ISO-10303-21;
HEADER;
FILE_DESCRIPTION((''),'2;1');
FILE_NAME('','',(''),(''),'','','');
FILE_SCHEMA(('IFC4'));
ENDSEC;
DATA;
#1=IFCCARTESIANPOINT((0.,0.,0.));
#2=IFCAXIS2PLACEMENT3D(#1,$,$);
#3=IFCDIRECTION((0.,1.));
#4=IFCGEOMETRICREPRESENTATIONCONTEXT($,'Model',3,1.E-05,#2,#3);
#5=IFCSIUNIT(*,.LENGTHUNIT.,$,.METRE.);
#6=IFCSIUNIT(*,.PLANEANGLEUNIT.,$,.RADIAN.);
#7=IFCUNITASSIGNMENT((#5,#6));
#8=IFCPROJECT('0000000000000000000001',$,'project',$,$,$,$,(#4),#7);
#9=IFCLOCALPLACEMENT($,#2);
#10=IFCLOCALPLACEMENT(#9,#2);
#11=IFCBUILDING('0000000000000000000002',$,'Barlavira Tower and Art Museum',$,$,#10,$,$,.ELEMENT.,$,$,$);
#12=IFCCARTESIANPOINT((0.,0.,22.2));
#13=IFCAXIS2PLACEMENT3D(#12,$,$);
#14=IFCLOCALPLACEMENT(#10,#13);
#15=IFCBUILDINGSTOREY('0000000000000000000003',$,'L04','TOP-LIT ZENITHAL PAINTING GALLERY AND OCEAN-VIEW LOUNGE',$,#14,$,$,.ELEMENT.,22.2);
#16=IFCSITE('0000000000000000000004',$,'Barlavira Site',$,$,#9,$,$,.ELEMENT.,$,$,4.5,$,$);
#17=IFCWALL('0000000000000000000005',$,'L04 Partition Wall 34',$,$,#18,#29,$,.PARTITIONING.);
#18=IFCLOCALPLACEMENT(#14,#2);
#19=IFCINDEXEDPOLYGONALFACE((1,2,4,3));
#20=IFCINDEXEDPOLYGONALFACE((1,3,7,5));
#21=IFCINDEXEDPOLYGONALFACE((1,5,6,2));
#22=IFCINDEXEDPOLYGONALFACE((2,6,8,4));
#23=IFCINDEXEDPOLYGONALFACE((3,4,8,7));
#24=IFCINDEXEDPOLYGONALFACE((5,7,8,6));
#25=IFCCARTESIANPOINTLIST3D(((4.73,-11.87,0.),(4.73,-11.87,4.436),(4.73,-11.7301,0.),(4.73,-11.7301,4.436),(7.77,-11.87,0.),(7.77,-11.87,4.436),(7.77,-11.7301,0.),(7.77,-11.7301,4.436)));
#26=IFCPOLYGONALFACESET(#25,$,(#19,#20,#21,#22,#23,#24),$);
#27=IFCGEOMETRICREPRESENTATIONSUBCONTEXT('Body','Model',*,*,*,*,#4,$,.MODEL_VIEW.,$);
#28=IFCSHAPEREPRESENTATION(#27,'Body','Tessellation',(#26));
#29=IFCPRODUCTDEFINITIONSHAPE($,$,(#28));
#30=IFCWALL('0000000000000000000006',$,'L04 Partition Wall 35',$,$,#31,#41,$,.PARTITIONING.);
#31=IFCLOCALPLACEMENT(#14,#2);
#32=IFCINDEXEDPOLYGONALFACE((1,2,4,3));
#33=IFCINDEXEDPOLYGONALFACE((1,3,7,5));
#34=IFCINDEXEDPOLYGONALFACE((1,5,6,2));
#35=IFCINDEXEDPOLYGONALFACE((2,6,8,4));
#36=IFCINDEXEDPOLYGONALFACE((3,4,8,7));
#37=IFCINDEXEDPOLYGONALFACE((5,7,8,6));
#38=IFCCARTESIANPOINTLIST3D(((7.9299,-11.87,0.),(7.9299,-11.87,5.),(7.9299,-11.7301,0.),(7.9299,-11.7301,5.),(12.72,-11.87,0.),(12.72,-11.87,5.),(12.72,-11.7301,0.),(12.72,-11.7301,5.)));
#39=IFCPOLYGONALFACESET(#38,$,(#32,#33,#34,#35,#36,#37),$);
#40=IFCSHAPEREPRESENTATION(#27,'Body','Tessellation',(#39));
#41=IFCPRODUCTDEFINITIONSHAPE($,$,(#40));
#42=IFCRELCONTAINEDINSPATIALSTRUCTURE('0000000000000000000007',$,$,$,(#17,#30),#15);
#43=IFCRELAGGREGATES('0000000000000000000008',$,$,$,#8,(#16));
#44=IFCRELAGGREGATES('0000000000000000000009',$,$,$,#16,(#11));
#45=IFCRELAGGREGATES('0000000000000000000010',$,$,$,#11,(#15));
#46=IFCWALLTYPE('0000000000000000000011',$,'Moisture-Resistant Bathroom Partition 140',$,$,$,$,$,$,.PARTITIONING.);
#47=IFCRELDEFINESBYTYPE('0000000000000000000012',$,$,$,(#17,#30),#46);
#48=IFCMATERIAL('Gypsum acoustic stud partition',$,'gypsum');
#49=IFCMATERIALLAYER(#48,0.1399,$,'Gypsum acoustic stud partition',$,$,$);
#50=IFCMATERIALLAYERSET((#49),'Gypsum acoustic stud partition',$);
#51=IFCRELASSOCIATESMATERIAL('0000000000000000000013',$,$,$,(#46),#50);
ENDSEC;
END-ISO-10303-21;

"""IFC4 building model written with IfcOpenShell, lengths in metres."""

from ifc_helpers import new_model, si_unit, direction, frame, frame_2d, origin, place, context, subcontext, project, spatial, rectangle, extrude, material, layer, layer_set, type_object, element, save


model = new_model("IFC4")

# Units and contexts
model_context = context("Model", 3, precision=1e-05, world=origin(), true_north=direction((0.0, 1.0)))
body_context = subcontext(model_context, "Body", "Model", "MODEL_VIEW")
ifc_project = project(units=[si_unit("LENGTHUNIT", "METRE"), si_unit("PLANEANGLEUNIT", "RADIAN")], contexts=[model_context])

# Site, building, storey
site_placement = place(None, origin())
site = spatial("IfcSite", under=ifc_project, at=site_placement, Name="Barlavira Site", CompositionType="ELEMENT", RefElevation=4.5)
building_placement = place(site_placement, origin())
building = spatial("IfcBuilding", under=site, at=building_placement, Name="Barlavira Tower and Art Museum", CompositionType="ELEMENT")
storey_placement = place(building_placement, frame((0.0, 0.0, 22.2)))
storey = spatial("IfcBuildingStorey", under=building, at=storey_placement, Name="L04", Description="TOP-LIT ZENITHAL PAINTING GALLERY AND OCEAN-VIEW LOUNGE", CompositionType="ELEMENT", Elevation=22.2)

# Shared definitions
ifc_material_1 = material(Name="Gypsum acoustic stud partition", Category="gypsum")

# Walls
ifc_layer_1 = layer(ifc_material_1, 0.1399, Name="Gypsum acoustic stud partition")
ifc_layer_set_1 = layer_set([ifc_layer_1], Name="Gypsum acoustic stud partition")
wall_type_1 = type_object("IfcWallType", Name="Moisture-Resistant Bathroom Partition 140", PredefinedType="PARTITIONING", material=ifc_layer_set_1)
wall_1_placement = place(storey_placement, frame((4.73, -11.8, 0.0), z_axis=(0.0, 0.0, 1.0), x_axis=(1.0, 0.0, 0.0)))
element("IfcWall", 1, at=wall_1_placement, inside=storey, type_object=wall_type_1, Name="L04 Partition Wall 34", PredefinedType="PARTITIONING", context=body_context, shape_type="SweptSolid", body=[
    extrude(rectangle(XDim=3.04, YDim=0.1399, at=frame_2d((1.52, 0.0))), origin(), (0.0, 0.0, 1.0), 4.436),
])
wall_2_placement = place(storey_placement, frame((7.9299, -11.8, 0.0), z_axis=(0.0, 0.0, 1.0), x_axis=(1.0, 0.0, 0.0)))
element("IfcWall", 2, at=wall_2_placement, inside=storey, type_object=wall_type_1, Name="L04 Partition Wall 35", PredefinedType="PARTITIONING", context=body_context, shape_type="SweptSolid", body=[
    extrude(rectangle(XDim=4.79, YDim=0.1399, at=frame_2d((2.395, 0.0))), origin(), (0.0, 0.0, 1.0), 5.0),
])

save(model, "model.ifc")
